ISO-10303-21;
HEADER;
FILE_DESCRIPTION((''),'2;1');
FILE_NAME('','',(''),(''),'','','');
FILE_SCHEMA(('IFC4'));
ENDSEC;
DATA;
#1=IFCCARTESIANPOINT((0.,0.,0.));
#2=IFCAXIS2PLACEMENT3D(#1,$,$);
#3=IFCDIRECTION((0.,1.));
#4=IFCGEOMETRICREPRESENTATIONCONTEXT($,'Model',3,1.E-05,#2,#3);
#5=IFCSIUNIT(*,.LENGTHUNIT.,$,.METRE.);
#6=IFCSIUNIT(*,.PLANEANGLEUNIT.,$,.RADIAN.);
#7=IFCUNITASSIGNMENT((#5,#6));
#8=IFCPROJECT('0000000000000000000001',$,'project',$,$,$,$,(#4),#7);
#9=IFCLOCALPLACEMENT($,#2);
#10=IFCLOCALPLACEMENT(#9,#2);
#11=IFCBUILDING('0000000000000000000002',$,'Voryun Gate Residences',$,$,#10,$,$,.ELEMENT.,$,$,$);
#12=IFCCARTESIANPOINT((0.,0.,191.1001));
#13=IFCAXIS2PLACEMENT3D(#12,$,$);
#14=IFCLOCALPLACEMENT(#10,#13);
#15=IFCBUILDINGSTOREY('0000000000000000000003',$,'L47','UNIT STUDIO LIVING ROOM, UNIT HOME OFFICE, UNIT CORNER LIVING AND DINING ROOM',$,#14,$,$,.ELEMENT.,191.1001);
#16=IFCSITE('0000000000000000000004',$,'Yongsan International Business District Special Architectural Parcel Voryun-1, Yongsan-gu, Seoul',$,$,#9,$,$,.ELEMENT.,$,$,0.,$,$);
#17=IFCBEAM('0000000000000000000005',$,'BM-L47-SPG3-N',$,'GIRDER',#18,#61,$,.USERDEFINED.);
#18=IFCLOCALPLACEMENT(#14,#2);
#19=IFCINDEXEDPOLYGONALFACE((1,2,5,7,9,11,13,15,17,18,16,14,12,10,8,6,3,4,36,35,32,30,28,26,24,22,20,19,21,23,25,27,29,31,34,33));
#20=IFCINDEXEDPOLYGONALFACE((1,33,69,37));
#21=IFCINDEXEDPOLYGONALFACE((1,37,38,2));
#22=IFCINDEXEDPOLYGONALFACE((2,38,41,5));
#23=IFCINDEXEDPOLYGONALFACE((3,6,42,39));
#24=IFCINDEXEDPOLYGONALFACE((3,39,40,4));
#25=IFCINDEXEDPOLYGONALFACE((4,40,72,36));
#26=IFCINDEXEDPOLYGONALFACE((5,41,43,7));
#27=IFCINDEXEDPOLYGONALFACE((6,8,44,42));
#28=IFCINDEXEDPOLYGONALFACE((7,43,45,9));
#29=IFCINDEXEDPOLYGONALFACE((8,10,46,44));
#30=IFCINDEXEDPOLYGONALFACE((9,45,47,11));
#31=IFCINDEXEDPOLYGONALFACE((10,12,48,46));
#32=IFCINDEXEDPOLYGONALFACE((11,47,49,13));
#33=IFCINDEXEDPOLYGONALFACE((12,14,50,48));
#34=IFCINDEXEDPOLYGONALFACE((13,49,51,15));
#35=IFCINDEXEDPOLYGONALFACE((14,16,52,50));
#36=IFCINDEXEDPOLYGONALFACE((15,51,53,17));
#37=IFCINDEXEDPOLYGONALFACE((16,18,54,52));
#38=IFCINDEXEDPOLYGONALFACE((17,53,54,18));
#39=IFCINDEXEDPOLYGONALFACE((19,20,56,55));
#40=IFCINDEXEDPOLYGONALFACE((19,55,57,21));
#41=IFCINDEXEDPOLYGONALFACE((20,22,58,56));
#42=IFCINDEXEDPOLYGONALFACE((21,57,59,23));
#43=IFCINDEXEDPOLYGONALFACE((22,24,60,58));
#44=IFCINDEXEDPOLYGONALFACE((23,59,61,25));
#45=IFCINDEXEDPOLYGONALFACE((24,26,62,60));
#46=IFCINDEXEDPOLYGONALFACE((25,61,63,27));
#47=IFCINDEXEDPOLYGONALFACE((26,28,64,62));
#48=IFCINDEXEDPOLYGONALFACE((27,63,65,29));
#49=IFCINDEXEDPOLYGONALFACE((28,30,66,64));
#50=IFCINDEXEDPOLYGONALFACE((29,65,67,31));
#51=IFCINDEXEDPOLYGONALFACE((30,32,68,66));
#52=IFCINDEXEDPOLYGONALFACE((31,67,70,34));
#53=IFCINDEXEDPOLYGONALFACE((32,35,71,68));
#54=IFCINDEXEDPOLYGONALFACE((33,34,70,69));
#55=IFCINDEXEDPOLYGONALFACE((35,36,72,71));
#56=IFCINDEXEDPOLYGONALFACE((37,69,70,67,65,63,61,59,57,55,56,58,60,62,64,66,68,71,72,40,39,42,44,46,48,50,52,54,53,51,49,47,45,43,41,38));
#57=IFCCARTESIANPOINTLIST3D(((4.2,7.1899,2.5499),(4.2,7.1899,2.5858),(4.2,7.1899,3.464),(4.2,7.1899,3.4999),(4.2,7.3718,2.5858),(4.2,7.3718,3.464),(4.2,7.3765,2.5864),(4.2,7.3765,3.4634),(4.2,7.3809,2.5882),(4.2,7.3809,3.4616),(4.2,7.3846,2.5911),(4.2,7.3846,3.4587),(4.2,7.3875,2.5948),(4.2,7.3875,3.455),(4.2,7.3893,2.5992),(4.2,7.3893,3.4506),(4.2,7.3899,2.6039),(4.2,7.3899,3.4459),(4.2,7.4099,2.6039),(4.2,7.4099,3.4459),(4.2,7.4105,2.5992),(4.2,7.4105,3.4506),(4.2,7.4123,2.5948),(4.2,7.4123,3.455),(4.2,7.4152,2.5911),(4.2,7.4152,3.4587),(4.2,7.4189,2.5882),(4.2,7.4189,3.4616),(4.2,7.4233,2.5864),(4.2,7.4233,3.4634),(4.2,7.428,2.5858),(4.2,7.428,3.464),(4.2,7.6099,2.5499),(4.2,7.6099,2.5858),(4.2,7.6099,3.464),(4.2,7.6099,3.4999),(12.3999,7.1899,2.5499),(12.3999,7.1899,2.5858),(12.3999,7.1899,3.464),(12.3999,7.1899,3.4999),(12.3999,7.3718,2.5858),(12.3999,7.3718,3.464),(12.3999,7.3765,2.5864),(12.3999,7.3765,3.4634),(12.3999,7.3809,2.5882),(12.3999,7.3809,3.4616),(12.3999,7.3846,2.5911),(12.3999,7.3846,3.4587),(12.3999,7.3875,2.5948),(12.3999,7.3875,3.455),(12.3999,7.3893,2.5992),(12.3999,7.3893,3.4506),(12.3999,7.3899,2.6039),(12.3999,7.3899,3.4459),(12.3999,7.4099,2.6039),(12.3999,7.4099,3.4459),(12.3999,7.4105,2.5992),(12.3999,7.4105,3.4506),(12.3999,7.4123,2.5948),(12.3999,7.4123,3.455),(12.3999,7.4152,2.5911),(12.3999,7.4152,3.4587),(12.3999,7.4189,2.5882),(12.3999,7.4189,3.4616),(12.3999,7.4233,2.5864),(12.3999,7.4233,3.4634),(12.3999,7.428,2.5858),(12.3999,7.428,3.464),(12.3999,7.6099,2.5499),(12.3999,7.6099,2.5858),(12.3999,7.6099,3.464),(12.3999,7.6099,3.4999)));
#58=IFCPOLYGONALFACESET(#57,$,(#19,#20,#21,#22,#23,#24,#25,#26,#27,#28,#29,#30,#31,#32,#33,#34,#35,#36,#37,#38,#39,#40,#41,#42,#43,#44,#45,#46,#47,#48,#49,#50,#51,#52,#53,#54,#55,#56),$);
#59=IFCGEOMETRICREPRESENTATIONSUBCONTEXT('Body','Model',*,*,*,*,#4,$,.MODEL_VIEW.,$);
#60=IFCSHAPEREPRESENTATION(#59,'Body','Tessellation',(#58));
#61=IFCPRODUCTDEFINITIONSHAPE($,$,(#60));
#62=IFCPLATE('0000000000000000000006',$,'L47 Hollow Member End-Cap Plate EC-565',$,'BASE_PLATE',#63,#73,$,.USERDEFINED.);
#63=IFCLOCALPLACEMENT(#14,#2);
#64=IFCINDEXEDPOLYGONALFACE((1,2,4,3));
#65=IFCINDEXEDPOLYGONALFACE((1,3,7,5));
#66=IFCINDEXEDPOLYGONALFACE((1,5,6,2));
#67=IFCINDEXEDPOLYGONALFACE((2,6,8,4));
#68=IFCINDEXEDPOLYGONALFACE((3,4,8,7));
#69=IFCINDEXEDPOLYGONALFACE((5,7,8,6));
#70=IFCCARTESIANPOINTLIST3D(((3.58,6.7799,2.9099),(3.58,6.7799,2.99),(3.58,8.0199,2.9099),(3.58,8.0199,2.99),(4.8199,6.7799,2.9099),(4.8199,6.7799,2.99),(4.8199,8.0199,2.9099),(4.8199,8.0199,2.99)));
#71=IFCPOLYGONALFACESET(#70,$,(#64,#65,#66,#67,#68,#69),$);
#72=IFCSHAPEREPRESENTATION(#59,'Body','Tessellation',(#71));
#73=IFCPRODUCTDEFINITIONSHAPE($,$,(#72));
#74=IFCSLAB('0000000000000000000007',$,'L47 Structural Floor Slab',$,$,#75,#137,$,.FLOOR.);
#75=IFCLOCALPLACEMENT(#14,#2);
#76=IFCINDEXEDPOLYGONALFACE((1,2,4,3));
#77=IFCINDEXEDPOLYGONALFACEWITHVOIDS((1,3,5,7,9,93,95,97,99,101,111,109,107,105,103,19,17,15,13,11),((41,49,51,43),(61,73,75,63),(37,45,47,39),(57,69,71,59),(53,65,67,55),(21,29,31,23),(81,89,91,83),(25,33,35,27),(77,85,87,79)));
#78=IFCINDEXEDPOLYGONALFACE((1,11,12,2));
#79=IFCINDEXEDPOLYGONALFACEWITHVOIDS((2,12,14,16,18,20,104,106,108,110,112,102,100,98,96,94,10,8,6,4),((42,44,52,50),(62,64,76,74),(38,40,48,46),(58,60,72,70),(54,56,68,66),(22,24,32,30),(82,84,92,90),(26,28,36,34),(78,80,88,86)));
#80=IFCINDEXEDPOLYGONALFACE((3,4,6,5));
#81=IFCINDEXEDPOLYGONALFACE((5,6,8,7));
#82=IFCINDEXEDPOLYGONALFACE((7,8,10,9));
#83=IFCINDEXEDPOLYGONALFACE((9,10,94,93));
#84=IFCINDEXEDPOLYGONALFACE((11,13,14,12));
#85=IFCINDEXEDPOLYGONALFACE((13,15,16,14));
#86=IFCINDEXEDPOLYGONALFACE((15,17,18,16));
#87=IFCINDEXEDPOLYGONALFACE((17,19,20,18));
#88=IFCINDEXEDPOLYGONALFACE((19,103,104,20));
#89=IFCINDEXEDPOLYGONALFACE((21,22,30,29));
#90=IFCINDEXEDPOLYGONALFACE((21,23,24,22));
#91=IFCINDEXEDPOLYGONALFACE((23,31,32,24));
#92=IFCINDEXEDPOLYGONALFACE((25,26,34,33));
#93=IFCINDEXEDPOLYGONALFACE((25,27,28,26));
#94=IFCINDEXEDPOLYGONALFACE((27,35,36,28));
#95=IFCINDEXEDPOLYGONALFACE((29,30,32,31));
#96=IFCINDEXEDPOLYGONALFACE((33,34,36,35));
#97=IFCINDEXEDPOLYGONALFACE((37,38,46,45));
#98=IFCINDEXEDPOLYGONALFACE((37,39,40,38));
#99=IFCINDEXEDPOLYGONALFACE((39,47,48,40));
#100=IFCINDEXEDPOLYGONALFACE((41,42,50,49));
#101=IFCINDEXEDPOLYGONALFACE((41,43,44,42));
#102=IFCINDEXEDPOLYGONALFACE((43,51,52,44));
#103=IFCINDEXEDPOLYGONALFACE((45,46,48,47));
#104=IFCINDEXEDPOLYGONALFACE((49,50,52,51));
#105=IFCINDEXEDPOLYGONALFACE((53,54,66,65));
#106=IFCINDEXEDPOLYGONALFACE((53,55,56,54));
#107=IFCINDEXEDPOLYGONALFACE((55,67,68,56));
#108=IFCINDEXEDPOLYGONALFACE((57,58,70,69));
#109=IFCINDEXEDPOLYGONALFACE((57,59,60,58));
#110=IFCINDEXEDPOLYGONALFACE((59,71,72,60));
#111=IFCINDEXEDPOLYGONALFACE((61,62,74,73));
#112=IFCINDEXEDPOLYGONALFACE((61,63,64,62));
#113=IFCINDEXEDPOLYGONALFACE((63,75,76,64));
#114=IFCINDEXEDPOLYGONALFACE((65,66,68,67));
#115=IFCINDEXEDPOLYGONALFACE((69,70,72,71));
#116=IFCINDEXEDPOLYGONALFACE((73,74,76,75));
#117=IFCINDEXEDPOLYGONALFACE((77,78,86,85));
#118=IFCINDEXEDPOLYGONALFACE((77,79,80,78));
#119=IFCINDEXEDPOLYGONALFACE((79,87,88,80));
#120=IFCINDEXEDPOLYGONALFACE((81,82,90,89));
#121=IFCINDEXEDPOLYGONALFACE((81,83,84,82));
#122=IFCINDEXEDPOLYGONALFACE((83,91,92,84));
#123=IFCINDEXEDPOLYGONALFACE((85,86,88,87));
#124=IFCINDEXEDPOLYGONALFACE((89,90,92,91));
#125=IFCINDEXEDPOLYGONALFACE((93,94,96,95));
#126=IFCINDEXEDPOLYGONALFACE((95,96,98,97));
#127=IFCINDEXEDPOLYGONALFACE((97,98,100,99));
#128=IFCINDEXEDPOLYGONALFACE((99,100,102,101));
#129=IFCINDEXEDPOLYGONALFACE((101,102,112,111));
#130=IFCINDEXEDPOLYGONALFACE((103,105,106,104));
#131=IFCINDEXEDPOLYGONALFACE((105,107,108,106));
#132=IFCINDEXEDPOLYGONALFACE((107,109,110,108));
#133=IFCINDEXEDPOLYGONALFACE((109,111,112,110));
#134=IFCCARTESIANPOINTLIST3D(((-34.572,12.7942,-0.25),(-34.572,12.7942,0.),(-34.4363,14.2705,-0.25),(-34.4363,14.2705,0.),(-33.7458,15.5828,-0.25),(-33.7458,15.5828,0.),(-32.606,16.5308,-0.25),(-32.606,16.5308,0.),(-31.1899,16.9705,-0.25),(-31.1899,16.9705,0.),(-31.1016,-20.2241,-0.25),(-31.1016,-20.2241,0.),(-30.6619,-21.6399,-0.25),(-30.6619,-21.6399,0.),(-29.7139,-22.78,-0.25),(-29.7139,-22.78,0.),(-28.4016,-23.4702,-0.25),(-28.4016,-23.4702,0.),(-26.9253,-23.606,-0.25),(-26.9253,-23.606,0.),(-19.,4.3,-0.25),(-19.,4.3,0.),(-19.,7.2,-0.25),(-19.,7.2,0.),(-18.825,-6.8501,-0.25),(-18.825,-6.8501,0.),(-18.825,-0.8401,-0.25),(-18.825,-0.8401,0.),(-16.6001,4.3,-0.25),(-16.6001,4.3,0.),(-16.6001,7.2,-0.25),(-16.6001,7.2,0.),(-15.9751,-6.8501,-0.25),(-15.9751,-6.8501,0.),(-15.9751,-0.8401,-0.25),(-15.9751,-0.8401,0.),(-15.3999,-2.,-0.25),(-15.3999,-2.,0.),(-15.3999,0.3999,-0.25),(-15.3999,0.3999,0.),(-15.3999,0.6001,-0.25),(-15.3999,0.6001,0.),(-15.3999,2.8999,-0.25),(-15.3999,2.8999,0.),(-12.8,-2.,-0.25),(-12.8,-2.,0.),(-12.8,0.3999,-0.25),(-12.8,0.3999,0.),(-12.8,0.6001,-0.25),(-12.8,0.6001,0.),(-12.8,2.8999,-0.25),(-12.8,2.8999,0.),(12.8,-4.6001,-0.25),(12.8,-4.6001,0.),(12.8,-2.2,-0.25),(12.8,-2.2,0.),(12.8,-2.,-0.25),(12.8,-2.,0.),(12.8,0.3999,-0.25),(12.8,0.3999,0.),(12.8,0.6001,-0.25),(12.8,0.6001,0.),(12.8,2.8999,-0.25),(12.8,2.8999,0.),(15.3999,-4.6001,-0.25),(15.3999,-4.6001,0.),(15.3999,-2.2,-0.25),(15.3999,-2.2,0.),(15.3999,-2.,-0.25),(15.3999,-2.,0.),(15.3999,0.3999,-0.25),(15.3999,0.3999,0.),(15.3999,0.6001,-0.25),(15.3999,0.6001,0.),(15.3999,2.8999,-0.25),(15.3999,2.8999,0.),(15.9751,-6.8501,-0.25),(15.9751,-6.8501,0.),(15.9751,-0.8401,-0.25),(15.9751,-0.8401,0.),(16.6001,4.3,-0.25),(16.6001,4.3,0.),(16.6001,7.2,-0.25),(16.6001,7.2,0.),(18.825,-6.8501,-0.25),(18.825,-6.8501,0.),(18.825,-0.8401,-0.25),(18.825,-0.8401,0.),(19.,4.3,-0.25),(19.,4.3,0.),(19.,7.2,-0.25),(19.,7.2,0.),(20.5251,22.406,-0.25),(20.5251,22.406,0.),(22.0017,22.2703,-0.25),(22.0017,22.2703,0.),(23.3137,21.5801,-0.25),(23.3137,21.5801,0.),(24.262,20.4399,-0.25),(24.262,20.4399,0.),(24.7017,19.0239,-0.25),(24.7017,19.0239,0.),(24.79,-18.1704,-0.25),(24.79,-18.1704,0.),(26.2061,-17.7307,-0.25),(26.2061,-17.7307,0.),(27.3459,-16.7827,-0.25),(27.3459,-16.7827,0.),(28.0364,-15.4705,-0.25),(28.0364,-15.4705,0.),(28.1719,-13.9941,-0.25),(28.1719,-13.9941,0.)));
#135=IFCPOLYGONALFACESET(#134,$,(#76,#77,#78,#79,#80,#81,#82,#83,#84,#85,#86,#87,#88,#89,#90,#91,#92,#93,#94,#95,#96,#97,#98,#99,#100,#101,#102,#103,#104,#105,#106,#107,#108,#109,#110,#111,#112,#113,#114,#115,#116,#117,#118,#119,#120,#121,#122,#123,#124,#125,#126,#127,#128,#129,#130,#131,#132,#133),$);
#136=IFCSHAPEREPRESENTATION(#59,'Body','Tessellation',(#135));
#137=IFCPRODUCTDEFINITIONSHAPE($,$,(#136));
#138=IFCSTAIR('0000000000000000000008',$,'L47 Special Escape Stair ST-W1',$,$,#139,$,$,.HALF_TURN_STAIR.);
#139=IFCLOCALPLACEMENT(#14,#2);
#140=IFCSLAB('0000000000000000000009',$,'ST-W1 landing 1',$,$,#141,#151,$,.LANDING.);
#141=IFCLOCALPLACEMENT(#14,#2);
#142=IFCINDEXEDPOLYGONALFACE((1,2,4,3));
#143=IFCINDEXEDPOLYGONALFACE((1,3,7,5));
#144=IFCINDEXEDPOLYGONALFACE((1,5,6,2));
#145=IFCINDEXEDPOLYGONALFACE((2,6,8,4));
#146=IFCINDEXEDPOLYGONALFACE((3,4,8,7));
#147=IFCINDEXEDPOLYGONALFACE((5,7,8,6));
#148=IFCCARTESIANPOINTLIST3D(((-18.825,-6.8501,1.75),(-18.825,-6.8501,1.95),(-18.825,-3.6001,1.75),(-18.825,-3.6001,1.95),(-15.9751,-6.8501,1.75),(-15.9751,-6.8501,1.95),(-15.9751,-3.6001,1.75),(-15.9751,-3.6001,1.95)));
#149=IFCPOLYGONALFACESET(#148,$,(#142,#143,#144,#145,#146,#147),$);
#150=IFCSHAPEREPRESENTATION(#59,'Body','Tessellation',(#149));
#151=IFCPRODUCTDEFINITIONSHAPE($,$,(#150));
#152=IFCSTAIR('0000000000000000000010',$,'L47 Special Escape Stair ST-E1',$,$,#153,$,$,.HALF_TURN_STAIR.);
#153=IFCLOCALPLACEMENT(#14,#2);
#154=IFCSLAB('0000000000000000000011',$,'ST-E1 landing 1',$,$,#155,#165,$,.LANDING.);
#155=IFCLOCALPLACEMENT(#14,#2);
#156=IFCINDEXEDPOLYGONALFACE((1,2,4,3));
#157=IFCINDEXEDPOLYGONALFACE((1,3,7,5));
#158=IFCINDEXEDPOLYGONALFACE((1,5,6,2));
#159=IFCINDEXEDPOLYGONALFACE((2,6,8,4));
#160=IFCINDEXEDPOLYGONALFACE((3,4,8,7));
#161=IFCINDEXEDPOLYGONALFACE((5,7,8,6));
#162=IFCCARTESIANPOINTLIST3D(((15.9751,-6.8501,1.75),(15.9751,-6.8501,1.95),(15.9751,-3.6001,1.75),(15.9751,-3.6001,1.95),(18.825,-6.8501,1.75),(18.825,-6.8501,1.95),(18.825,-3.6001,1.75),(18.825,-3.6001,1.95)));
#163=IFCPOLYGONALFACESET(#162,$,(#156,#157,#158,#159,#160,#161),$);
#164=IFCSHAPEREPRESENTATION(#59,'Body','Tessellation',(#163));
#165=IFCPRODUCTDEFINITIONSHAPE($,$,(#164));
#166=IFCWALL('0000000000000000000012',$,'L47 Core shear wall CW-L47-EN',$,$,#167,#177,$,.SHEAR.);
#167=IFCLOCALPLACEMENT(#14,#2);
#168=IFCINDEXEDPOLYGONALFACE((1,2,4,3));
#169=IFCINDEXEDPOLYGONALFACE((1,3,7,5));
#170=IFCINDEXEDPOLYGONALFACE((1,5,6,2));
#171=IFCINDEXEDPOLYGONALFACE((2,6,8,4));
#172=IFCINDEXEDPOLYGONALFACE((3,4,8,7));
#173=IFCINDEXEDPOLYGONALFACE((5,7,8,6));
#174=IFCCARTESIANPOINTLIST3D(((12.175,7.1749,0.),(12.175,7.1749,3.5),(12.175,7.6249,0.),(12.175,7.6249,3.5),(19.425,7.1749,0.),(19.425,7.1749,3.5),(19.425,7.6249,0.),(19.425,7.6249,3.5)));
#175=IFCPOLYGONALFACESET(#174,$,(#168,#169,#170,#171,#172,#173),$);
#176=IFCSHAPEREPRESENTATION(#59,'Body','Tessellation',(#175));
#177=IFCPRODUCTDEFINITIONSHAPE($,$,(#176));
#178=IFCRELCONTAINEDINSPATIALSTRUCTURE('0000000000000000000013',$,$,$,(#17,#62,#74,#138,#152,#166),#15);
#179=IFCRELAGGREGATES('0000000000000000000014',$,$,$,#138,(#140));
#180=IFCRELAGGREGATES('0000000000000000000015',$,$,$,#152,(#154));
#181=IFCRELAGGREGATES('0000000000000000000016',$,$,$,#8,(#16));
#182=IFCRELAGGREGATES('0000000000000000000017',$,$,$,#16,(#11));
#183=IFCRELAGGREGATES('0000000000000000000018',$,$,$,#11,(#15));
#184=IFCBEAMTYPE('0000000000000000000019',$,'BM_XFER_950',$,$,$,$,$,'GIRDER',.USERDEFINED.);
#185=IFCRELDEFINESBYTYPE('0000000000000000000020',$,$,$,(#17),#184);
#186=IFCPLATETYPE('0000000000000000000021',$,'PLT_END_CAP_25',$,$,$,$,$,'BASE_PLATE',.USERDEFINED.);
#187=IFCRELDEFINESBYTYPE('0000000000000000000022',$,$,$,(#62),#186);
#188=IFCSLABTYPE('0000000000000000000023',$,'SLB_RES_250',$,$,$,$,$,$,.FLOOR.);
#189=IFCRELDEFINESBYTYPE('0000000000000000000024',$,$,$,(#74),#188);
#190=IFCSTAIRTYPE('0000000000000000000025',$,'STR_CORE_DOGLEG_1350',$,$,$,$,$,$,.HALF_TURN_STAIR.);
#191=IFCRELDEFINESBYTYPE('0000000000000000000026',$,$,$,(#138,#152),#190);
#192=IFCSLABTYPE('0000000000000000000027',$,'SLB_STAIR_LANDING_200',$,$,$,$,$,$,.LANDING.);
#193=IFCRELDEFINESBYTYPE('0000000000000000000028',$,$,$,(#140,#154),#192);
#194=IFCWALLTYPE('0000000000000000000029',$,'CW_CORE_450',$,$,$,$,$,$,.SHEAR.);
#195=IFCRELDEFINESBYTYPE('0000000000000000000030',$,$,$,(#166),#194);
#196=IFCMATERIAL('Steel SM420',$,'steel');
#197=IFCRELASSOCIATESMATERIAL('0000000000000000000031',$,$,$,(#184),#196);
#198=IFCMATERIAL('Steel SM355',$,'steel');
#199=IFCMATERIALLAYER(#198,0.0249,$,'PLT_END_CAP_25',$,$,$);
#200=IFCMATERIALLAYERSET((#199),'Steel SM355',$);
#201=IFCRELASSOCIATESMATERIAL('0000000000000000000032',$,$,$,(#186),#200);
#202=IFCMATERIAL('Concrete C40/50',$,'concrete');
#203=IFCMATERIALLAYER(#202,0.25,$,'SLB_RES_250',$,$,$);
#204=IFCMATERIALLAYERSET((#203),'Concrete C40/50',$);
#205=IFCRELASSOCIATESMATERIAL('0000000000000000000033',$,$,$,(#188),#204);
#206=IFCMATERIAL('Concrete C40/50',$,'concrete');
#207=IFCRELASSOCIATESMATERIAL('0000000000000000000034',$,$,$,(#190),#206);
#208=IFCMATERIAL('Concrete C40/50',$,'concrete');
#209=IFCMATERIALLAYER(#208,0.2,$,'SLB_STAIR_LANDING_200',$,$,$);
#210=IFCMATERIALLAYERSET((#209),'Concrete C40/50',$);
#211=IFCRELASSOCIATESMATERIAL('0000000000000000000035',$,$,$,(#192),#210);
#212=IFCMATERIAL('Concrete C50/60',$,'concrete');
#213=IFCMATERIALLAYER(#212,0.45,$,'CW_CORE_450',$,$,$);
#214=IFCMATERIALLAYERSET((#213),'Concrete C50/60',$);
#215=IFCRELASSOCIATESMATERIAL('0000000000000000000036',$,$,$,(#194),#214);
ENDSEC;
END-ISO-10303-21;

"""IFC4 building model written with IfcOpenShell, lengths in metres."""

from ifc_helpers import new_model, si_unit, direction, frame, frame_2d, origin, origin_2d, place, context, subcontext, project, spatial, polyline, rectangle, i_section, outline, extrude, material, layer, layer_set, material_profile, profile_set, type_object, element, aggregate, save


model = new_model("IFC4")

# Units and contexts
model_context = context("Model", 3, precision=1e-05, world=origin(), true_north=direction((0.0, 1.0)))
body_context = subcontext(model_context, "Body", "Model", "MODEL_VIEW")
ifc_project = project(units=[si_unit("LENGTHUNIT", "METRE"), si_unit("PLANEANGLEUNIT", "RADIAN")], contexts=[model_context])

# Site, building, storey
site_placement = place(None, origin())
site = spatial("IfcSite", under=ifc_project, at=site_placement, Name="Yongsan International Business District Special Architectural Parcel Voryun-1, Yongsan-gu, Seoul", CompositionType="ELEMENT", RefElevation=0.0)
building_placement = place(site_placement, origin())
building = spatial("IfcBuilding", under=site, at=building_placement, Name="Voryun Gate Residences", CompositionType="ELEMENT")
storey_placement = place(building_placement, frame((0.0, 0.0, 191.1001)))
storey = spatial("IfcBuildingStorey", under=building, at=storey_placement, Name="L47", Description="UNIT STUDIO LIVING ROOM, UNIT HOME OFFICE, UNIT CORNER LIVING AND DINING ROOM", CompositionType="ELEMENT", Elevation=191.1001)

# Beam
ifc_material_1 = material(Name="Steel SM420", Category="steel")
ifc_material_profile_1 = material_profile(ifc_material_1, i_section(OverallWidth=0.4199, OverallDepth=0.95, WebThickness=0.02, FlangeThickness=0.0359, FilletRadius=0.0181, at=origin_2d()), Name="H-950x420x20x36")
ifc_profile_set_1 = profile_set([ifc_material_profile_1], Name="Steel SM420")
beam_type_1 = type_object("IfcBeamType", Name="BM_XFER_950", ElementType="GIRDER", PredefinedType="USERDEFINED", material=ifc_profile_set_1)
beam_1_placement = place(storey_placement, frame((4.2, 7.3999, 3.0249), z_axis=(1.0, 0.0, 0.0), x_axis=(0.0, 1.0, 0.0)))
element("IfcBeam", 1, at=beam_1_placement, inside=storey, type_object=beam_type_1, Name="BM-L47-SPG3-N", ObjectType="GIRDER", PredefinedType="USERDEFINED", context=body_context, shape_type="SweptSolid", body=[
    extrude(i_section(OverallWidth=0.4199, OverallDepth=0.95, WebThickness=0.02, FlangeThickness=0.0359, FilletRadius=0.0181, at=origin_2d()), origin(), (0.0, 0.0, 1.0), 8.2),
])

# Plate
ifc_material_2 = material(Name="Steel SM355", Category="steel")
ifc_layer_1 = layer(ifc_material_2, 0.0249, Name="PLT_END_CAP_25")
ifc_layer_set_1 = layer_set([ifc_layer_1], Name="Steel SM355")
plate_type = type_object("IfcPlateType", Name="PLT_END_CAP_25", ElementType="BASE_PLATE", PredefinedType="USERDEFINED", material=ifc_layer_set_1)
plate_placement = place(storey_placement, frame((4.2, 7.3999, 2.9099), z_axis=(0.0, 0.0, 1.0), x_axis=(1.0, 0.0, 0.0)))
element("IfcPlate", 2, at=plate_placement, inside=storey, type_object=plate_type, Name="L47 Hollow Member End-Cap Plate EC-565", ObjectType="BASE_PLATE", PredefinedType="USERDEFINED", context=body_context, shape_type="SweptSolid", body=[
    extrude(rectangle(XDim=1.24, YDim=1.24, at=origin_2d()), origin(), (0.0, 0.0, 1.0), 0.0801),
])

# Slab
ifc_material_3 = material(Name="Concrete C40/50", Category="concrete")
ifc_layer_2 = layer(ifc_material_3, 0.25, Name="SLB_RES_250")
ifc_layer_set_2 = layer_set([ifc_layer_2], Name="Concrete C40/50")
slab_type_1 = type_object("IfcSlabType", Name="SLB_RES_250", PredefinedType="FLOOR", material=ifc_layer_set_2)
slab_1_placement = place(storey_placement, frame((0.0, 0.0, -0.25)))
element("IfcSlab", 3, at=slab_1_placement, inside=storey, type_object=slab_type_1, Name="L47 Structural Floor Slab", PredefinedType="FLOOR", context=body_context, shape_type="SweptSolid", body=[
    extrude(outline(polyline([(-26.9253, -23.606), (-28.4016, -23.4702), (-29.7139, -22.78), (-30.6619, -21.6399), (-31.1016, -20.2241), (-34.572, 12.7942), (-34.4363, 14.2705), (-33.7458, 15.5828), (-32.606, 16.5308), (-31.1899, 16.9705), (20.5251, 22.406), (22.0017, 22.2703), (23.3137, 21.5801), (24.262, 20.4399), (24.7017, 19.0239), (28.1719, -13.9941), (28.0364, -15.4705), (27.3459, -16.7827), (26.2061, -17.7307), (24.79, -18.1704), (-26.9253, -23.606)]), holes=[polyline([(-15.9751, -6.8501), (-15.9751, -0.8401), (-18.825, -0.8401), (-18.825, -6.8501), (-15.9751, -6.8501)]), polyline([(18.825, -6.8501), (18.825, -0.8401), (15.9751, -0.8401), (15.9751, -6.8501), (18.825, -6.8501)]), polyline([(15.3999, -2.2), (12.8, -2.2), (12.8, -4.6001), (15.3999, -4.6001), (15.3999, -2.2)]), polyline([(-12.8, 0.3999), (-15.3999, 0.3999), (-15.3999, -2.0), (-12.8, -2.0), (-12.8, 0.3999)]), polyline([(15.3999, 0.3999), (12.8, 0.3999), (12.8, -2.0), (15.3999, -2.0), (15.3999, 0.3999)]), polyline([(-12.8, 2.8999), (-15.3999, 2.8999), (-15.3999, 0.6001), (-12.8, 0.6001), (-12.8, 2.8999)]), polyline([(15.3999, 2.8999), (12.8, 2.8999), (12.8, 0.6001), (15.3999, 0.6001), (15.3999, 2.8999)]), polyline([(-16.6001, 4.3), (-16.6001, 7.2), (-19.0, 7.2), (-19.0, 4.3), (-16.6001, 4.3)]), polyline([(19.0, 4.3), (19.0, 7.2), (16.6001, 7.2), (16.6001, 4.3), (19.0, 4.3)])]), origin(), (0.0, 0.0, 1.0), 0.25),
])

# Stairs, slabs
ifc_material_4 = material(Name="Concrete C40/50", Category="concrete")
stair_type = type_object("IfcStairType", Name="STR_CORE_DOGLEG_1350", PredefinedType="HALF_TURN_STAIR", material=ifc_material_4)
stair_1_placement = place(storey_placement, origin())
stair_1 = element("IfcStair", 4, at=stair_1_placement, inside=storey, type_object=stair_type, Name="L47 Special Escape Stair ST-W1", PredefinedType="HALF_TURN_STAIR")
ifc_material_5 = material(Name="Concrete C40/50", Category="concrete")
ifc_layer_3 = layer(ifc_material_5, 0.2, Name="SLB_STAIR_LANDING_200")
ifc_layer_set_3 = layer_set([ifc_layer_3], Name="Concrete C40/50")
slab_type_2 = type_object("IfcSlabType", Name="SLB_STAIR_LANDING_200", PredefinedType="LANDING", material=ifc_layer_set_3)
slab_2_placement = place(storey_placement, frame((0.0, 0.0, 1.75)))
slab_2 = element("IfcSlab", 5, at=slab_2_placement, type_object=slab_type_2, Name="ST-W1 landing 1", PredefinedType="LANDING", context=body_context, shape_type="SweptSolid", body=[
    extrude(outline(polyline([(-18.825, -3.6001), (-18.825, -6.8501), (-15.9751, -6.8501), (-15.9751, -3.6001), (-18.825, -3.6001)])), origin(), (0.0, 0.0, 1.0), 0.2),
])
aggregate(stair_1, [slab_2])
stair_2_placement = place(storey_placement, origin())
stair_2 = element("IfcStair", 6, at=stair_2_placement, inside=storey, type_object=stair_type, Name="L47 Special Escape Stair ST-E1", PredefinedType="HALF_TURN_STAIR")
slab_3_placement = place(storey_placement, frame((0.0, 0.0, 1.75)))
slab_3 = element("IfcSlab", 7, at=slab_3_placement, type_object=slab_type_2, Name="ST-E1 landing 1", PredefinedType="LANDING", context=body_context, shape_type="SweptSolid", body=[
    extrude(outline(polyline([(15.9751, -3.6001), (15.9751, -6.8501), (18.825, -6.8501), (18.825, -3.6001), (15.9751, -3.6001)])), origin(), (0.0, 0.0, 1.0), 0.2),
])
aggregate(stair_2, [slab_3])

# Wall
ifc_material_6 = material(Name="Concrete C50/60", Category="concrete")
ifc_layer_4 = layer(ifc_material_6, 0.45, Name="CW_CORE_450")
ifc_layer_set_4 = layer_set([ifc_layer_4], Name="Concrete C50/60")
wall_type_1 = type_object("IfcWallType", Name="CW_CORE_450", PredefinedType="SHEAR", material=ifc_layer_set_4)
wall_1_placement = place(storey_placement, frame((12.175, 7.3999, 0.0), z_axis=(0.0, 0.0, 1.0), x_axis=(1.0, 0.0, 0.0)))
element("IfcWall", 8, at=wall_1_placement, inside=storey, type_object=wall_type_1, Name="L47 Core shear wall CW-L47-EN", PredefinedType="SHEAR", context=body_context, shape_type="SweptSolid", body=[
    extrude(rectangle(XDim=7.25, YDim=0.45, at=frame_2d((3.625, 0.0))), origin(), (0.0, 0.0, 1.0), 3.5),
])

save(model, "model.ifc")
